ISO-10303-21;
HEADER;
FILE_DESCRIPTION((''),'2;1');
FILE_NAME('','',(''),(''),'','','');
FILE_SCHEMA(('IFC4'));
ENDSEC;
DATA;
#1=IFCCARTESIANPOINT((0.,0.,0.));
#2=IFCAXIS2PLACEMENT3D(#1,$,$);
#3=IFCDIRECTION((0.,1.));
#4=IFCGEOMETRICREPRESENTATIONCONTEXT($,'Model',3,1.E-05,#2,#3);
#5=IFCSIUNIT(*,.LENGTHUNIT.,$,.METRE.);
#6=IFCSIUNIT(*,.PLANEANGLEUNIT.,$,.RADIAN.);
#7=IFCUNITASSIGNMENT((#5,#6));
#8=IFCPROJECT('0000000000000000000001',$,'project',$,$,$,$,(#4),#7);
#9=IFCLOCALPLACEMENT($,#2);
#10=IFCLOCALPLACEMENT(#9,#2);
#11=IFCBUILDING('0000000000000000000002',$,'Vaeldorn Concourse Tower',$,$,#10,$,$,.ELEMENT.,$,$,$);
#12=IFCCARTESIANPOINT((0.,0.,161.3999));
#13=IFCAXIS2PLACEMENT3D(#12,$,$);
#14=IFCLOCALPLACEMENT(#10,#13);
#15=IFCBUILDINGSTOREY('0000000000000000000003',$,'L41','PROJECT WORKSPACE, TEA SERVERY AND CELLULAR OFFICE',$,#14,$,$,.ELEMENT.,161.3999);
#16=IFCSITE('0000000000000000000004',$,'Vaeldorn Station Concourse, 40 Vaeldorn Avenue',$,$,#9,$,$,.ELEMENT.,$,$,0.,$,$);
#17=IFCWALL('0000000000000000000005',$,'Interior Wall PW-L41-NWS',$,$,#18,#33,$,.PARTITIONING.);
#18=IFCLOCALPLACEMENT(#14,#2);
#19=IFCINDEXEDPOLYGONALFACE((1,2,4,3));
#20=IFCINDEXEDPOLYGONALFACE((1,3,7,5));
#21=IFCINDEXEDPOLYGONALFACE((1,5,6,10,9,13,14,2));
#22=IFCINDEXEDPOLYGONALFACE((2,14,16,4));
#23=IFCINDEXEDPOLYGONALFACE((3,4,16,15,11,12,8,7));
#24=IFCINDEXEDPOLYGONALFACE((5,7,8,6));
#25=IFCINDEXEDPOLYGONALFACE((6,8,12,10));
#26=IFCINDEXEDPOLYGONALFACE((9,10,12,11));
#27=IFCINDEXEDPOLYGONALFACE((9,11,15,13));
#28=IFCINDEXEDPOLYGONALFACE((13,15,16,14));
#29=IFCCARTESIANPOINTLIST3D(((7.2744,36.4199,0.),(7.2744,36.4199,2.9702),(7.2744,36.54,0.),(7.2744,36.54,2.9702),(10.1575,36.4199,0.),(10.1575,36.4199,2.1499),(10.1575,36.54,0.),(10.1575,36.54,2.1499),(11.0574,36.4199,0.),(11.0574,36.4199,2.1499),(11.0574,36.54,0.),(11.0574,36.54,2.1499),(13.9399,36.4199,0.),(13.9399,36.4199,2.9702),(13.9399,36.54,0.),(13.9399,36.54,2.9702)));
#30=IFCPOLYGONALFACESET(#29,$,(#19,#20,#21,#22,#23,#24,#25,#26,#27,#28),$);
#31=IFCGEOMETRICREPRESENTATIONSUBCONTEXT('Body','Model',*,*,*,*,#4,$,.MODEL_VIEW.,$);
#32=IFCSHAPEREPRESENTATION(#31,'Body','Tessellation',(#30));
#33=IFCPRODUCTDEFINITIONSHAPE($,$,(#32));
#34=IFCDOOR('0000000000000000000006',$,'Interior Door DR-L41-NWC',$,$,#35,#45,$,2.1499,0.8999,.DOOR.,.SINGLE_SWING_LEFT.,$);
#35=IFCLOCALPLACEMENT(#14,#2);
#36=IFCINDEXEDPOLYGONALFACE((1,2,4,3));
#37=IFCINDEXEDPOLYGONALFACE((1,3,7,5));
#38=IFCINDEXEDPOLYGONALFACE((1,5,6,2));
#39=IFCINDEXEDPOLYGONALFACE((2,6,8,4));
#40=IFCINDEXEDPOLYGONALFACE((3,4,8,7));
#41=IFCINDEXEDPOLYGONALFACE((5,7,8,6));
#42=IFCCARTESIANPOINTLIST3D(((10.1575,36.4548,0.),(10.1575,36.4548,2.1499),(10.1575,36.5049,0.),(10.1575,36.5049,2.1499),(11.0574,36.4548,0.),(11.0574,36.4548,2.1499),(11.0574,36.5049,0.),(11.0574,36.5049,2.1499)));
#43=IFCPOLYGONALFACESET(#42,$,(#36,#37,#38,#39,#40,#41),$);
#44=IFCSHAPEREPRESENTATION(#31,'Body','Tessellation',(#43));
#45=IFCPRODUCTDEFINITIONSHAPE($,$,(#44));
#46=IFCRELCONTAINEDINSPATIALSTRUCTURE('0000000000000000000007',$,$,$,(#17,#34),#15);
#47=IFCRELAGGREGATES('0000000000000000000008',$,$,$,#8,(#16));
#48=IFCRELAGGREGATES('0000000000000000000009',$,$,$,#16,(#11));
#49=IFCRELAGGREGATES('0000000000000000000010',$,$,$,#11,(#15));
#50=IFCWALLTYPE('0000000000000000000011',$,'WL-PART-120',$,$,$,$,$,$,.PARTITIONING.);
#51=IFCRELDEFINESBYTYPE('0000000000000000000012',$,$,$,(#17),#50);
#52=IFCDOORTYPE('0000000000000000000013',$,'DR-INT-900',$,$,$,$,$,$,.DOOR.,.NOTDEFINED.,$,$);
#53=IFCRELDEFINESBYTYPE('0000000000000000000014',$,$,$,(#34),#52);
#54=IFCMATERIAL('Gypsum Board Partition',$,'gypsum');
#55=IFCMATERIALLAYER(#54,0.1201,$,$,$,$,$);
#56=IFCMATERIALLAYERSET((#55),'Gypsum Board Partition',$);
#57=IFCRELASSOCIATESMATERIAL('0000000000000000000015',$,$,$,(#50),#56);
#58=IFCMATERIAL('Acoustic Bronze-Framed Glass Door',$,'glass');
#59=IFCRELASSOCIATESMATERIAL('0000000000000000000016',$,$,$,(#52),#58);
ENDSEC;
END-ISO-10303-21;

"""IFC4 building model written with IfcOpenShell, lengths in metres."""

from ifc_helpers import new_model, si_unit, direction, frame, frame_2d, origin, place, context, subcontext, project, spatial, rectangle, extrude, source, transform, mapped, material, layer, layer_set, type_object, element, fill, save


model = new_model("IFC4")

# Units and contexts
model_context = context("Model", 3, precision=1e-05, world=origin(), true_north=direction((0.0, 1.0)))
body_context = subcontext(model_context, "Body", "Model", "MODEL_VIEW")
ifc_project = project(units=[si_unit("LENGTHUNIT", "METRE"), si_unit("PLANEANGLEUNIT", "RADIAN")], contexts=[model_context])

# Site, building, storey
site_placement = place(None, origin())
site = spatial("IfcSite", under=ifc_project, at=site_placement, Name="Vaeldorn Station Concourse, 40 Vaeldorn Avenue", CompositionType="ELEMENT", RefElevation=0.0)
building_placement = place(site_placement, origin())
building = spatial("IfcBuilding", under=site, at=building_placement, Name="Vaeldorn Concourse Tower", CompositionType="ELEMENT")
storey_placement = place(building_placement, frame((0.0, 0.0, 161.3999)))
storey = spatial("IfcBuildingStorey", under=building, at=storey_placement, Name="L41", Description="PROJECT WORKSPACE, TEA SERVERY AND CELLULAR OFFICE", CompositionType="ELEMENT", Elevation=161.3999)

# Shared definitions
ifc_material_1 = material(Name="Gypsum Board Partition", Category="gypsum")
ifc_layer_1 = layer(ifc_material_1, 0.1201)
ifc_layer_set_1 = layer_set([ifc_layer_1], Name="Gypsum Board Partition")
wall_type_1 = type_object("IfcWallType", Name="WL-PART-120", PredefinedType="PARTITIONING", material=ifc_layer_set_1)
ifc_material_2 = material(Name="Acoustic Bronze-Framed Glass Door", Category="glass")
door_type = type_object("IfcDoorType", Name="DR-INT-900", OperationType="NOTDEFINED", PredefinedType="DOOR", material=ifc_material_2)
shared_shape_1 = source(origin(), body_context, "Body", "SweptSolid", [
    extrude(rectangle(XDim=0.8999, YDim=2.1499, at=frame_2d((0.45, 1.075))), frame((0.0, 0.0249, 0.0), z_axis=(0.0, -1.0, 0.0), x_axis=(1.0, 0.0, 0.0)), (0.0, 0.0, 1.0), 0.05),
])

# Wall, opening, door
wall_1_placement = place(storey_placement, frame((7.2744, 36.48, 0.0), z_axis=(0.0, 0.0, 1.0), x_axis=(1.0, 0.0, 0.0)))
wall_1 = element("IfcWall", 1, at=wall_1_placement, inside=storey, type_object=wall_type_1, Name="Interior Wall PW-L41-NWS", PredefinedType="PARTITIONING", context=body_context, shape_type="SweptSolid", body=[
    extrude(rectangle(XDim=6.6655, YDim=0.1201, at=frame_2d((3.3328, 0.0))), origin(), (0.0, 0.0, 1.0), 2.9702),
])
opening_1_placement = place(wall_1_placement, frame((2.8831, 0.0, 0.0)))
opening_1 = element("IfcOpeningElement", 2, at=opening_1_placement, cuts=wall_1, PredefinedType="OPENING", context=body_context, shape_type="SweptSolid", body=[
    extrude(rectangle(XDim=0.8999, YDim=2.1499, at=frame_2d((0.45, 1.075))), frame((0.0, 0.0701, 0.0), z_axis=(0.0, -1.0, 0.0), x_axis=(1.0, 0.0, 0.0)), (0.0, 0.0, 1.0), 0.1401),
])
door_1_placement = place(opening_1_placement, origin())
door_1 = element("IfcDoor", 3, at=door_1_placement, inside=storey, type_object=door_type, Name="Interior Door DR-L41-NWC", OperationType="SINGLE_SWING_LEFT", OverallHeight=2.1499, OverallWidth=0.8999, PredefinedType="DOOR", context=body_context, shape_type="MappedRepresentation", body=[
    mapped(shared_shape_1, transform((0.0, 0.0, 0.0), scale=1.0)),
])
fill(opening_1, door_1)

save(model, "model.ifc")
